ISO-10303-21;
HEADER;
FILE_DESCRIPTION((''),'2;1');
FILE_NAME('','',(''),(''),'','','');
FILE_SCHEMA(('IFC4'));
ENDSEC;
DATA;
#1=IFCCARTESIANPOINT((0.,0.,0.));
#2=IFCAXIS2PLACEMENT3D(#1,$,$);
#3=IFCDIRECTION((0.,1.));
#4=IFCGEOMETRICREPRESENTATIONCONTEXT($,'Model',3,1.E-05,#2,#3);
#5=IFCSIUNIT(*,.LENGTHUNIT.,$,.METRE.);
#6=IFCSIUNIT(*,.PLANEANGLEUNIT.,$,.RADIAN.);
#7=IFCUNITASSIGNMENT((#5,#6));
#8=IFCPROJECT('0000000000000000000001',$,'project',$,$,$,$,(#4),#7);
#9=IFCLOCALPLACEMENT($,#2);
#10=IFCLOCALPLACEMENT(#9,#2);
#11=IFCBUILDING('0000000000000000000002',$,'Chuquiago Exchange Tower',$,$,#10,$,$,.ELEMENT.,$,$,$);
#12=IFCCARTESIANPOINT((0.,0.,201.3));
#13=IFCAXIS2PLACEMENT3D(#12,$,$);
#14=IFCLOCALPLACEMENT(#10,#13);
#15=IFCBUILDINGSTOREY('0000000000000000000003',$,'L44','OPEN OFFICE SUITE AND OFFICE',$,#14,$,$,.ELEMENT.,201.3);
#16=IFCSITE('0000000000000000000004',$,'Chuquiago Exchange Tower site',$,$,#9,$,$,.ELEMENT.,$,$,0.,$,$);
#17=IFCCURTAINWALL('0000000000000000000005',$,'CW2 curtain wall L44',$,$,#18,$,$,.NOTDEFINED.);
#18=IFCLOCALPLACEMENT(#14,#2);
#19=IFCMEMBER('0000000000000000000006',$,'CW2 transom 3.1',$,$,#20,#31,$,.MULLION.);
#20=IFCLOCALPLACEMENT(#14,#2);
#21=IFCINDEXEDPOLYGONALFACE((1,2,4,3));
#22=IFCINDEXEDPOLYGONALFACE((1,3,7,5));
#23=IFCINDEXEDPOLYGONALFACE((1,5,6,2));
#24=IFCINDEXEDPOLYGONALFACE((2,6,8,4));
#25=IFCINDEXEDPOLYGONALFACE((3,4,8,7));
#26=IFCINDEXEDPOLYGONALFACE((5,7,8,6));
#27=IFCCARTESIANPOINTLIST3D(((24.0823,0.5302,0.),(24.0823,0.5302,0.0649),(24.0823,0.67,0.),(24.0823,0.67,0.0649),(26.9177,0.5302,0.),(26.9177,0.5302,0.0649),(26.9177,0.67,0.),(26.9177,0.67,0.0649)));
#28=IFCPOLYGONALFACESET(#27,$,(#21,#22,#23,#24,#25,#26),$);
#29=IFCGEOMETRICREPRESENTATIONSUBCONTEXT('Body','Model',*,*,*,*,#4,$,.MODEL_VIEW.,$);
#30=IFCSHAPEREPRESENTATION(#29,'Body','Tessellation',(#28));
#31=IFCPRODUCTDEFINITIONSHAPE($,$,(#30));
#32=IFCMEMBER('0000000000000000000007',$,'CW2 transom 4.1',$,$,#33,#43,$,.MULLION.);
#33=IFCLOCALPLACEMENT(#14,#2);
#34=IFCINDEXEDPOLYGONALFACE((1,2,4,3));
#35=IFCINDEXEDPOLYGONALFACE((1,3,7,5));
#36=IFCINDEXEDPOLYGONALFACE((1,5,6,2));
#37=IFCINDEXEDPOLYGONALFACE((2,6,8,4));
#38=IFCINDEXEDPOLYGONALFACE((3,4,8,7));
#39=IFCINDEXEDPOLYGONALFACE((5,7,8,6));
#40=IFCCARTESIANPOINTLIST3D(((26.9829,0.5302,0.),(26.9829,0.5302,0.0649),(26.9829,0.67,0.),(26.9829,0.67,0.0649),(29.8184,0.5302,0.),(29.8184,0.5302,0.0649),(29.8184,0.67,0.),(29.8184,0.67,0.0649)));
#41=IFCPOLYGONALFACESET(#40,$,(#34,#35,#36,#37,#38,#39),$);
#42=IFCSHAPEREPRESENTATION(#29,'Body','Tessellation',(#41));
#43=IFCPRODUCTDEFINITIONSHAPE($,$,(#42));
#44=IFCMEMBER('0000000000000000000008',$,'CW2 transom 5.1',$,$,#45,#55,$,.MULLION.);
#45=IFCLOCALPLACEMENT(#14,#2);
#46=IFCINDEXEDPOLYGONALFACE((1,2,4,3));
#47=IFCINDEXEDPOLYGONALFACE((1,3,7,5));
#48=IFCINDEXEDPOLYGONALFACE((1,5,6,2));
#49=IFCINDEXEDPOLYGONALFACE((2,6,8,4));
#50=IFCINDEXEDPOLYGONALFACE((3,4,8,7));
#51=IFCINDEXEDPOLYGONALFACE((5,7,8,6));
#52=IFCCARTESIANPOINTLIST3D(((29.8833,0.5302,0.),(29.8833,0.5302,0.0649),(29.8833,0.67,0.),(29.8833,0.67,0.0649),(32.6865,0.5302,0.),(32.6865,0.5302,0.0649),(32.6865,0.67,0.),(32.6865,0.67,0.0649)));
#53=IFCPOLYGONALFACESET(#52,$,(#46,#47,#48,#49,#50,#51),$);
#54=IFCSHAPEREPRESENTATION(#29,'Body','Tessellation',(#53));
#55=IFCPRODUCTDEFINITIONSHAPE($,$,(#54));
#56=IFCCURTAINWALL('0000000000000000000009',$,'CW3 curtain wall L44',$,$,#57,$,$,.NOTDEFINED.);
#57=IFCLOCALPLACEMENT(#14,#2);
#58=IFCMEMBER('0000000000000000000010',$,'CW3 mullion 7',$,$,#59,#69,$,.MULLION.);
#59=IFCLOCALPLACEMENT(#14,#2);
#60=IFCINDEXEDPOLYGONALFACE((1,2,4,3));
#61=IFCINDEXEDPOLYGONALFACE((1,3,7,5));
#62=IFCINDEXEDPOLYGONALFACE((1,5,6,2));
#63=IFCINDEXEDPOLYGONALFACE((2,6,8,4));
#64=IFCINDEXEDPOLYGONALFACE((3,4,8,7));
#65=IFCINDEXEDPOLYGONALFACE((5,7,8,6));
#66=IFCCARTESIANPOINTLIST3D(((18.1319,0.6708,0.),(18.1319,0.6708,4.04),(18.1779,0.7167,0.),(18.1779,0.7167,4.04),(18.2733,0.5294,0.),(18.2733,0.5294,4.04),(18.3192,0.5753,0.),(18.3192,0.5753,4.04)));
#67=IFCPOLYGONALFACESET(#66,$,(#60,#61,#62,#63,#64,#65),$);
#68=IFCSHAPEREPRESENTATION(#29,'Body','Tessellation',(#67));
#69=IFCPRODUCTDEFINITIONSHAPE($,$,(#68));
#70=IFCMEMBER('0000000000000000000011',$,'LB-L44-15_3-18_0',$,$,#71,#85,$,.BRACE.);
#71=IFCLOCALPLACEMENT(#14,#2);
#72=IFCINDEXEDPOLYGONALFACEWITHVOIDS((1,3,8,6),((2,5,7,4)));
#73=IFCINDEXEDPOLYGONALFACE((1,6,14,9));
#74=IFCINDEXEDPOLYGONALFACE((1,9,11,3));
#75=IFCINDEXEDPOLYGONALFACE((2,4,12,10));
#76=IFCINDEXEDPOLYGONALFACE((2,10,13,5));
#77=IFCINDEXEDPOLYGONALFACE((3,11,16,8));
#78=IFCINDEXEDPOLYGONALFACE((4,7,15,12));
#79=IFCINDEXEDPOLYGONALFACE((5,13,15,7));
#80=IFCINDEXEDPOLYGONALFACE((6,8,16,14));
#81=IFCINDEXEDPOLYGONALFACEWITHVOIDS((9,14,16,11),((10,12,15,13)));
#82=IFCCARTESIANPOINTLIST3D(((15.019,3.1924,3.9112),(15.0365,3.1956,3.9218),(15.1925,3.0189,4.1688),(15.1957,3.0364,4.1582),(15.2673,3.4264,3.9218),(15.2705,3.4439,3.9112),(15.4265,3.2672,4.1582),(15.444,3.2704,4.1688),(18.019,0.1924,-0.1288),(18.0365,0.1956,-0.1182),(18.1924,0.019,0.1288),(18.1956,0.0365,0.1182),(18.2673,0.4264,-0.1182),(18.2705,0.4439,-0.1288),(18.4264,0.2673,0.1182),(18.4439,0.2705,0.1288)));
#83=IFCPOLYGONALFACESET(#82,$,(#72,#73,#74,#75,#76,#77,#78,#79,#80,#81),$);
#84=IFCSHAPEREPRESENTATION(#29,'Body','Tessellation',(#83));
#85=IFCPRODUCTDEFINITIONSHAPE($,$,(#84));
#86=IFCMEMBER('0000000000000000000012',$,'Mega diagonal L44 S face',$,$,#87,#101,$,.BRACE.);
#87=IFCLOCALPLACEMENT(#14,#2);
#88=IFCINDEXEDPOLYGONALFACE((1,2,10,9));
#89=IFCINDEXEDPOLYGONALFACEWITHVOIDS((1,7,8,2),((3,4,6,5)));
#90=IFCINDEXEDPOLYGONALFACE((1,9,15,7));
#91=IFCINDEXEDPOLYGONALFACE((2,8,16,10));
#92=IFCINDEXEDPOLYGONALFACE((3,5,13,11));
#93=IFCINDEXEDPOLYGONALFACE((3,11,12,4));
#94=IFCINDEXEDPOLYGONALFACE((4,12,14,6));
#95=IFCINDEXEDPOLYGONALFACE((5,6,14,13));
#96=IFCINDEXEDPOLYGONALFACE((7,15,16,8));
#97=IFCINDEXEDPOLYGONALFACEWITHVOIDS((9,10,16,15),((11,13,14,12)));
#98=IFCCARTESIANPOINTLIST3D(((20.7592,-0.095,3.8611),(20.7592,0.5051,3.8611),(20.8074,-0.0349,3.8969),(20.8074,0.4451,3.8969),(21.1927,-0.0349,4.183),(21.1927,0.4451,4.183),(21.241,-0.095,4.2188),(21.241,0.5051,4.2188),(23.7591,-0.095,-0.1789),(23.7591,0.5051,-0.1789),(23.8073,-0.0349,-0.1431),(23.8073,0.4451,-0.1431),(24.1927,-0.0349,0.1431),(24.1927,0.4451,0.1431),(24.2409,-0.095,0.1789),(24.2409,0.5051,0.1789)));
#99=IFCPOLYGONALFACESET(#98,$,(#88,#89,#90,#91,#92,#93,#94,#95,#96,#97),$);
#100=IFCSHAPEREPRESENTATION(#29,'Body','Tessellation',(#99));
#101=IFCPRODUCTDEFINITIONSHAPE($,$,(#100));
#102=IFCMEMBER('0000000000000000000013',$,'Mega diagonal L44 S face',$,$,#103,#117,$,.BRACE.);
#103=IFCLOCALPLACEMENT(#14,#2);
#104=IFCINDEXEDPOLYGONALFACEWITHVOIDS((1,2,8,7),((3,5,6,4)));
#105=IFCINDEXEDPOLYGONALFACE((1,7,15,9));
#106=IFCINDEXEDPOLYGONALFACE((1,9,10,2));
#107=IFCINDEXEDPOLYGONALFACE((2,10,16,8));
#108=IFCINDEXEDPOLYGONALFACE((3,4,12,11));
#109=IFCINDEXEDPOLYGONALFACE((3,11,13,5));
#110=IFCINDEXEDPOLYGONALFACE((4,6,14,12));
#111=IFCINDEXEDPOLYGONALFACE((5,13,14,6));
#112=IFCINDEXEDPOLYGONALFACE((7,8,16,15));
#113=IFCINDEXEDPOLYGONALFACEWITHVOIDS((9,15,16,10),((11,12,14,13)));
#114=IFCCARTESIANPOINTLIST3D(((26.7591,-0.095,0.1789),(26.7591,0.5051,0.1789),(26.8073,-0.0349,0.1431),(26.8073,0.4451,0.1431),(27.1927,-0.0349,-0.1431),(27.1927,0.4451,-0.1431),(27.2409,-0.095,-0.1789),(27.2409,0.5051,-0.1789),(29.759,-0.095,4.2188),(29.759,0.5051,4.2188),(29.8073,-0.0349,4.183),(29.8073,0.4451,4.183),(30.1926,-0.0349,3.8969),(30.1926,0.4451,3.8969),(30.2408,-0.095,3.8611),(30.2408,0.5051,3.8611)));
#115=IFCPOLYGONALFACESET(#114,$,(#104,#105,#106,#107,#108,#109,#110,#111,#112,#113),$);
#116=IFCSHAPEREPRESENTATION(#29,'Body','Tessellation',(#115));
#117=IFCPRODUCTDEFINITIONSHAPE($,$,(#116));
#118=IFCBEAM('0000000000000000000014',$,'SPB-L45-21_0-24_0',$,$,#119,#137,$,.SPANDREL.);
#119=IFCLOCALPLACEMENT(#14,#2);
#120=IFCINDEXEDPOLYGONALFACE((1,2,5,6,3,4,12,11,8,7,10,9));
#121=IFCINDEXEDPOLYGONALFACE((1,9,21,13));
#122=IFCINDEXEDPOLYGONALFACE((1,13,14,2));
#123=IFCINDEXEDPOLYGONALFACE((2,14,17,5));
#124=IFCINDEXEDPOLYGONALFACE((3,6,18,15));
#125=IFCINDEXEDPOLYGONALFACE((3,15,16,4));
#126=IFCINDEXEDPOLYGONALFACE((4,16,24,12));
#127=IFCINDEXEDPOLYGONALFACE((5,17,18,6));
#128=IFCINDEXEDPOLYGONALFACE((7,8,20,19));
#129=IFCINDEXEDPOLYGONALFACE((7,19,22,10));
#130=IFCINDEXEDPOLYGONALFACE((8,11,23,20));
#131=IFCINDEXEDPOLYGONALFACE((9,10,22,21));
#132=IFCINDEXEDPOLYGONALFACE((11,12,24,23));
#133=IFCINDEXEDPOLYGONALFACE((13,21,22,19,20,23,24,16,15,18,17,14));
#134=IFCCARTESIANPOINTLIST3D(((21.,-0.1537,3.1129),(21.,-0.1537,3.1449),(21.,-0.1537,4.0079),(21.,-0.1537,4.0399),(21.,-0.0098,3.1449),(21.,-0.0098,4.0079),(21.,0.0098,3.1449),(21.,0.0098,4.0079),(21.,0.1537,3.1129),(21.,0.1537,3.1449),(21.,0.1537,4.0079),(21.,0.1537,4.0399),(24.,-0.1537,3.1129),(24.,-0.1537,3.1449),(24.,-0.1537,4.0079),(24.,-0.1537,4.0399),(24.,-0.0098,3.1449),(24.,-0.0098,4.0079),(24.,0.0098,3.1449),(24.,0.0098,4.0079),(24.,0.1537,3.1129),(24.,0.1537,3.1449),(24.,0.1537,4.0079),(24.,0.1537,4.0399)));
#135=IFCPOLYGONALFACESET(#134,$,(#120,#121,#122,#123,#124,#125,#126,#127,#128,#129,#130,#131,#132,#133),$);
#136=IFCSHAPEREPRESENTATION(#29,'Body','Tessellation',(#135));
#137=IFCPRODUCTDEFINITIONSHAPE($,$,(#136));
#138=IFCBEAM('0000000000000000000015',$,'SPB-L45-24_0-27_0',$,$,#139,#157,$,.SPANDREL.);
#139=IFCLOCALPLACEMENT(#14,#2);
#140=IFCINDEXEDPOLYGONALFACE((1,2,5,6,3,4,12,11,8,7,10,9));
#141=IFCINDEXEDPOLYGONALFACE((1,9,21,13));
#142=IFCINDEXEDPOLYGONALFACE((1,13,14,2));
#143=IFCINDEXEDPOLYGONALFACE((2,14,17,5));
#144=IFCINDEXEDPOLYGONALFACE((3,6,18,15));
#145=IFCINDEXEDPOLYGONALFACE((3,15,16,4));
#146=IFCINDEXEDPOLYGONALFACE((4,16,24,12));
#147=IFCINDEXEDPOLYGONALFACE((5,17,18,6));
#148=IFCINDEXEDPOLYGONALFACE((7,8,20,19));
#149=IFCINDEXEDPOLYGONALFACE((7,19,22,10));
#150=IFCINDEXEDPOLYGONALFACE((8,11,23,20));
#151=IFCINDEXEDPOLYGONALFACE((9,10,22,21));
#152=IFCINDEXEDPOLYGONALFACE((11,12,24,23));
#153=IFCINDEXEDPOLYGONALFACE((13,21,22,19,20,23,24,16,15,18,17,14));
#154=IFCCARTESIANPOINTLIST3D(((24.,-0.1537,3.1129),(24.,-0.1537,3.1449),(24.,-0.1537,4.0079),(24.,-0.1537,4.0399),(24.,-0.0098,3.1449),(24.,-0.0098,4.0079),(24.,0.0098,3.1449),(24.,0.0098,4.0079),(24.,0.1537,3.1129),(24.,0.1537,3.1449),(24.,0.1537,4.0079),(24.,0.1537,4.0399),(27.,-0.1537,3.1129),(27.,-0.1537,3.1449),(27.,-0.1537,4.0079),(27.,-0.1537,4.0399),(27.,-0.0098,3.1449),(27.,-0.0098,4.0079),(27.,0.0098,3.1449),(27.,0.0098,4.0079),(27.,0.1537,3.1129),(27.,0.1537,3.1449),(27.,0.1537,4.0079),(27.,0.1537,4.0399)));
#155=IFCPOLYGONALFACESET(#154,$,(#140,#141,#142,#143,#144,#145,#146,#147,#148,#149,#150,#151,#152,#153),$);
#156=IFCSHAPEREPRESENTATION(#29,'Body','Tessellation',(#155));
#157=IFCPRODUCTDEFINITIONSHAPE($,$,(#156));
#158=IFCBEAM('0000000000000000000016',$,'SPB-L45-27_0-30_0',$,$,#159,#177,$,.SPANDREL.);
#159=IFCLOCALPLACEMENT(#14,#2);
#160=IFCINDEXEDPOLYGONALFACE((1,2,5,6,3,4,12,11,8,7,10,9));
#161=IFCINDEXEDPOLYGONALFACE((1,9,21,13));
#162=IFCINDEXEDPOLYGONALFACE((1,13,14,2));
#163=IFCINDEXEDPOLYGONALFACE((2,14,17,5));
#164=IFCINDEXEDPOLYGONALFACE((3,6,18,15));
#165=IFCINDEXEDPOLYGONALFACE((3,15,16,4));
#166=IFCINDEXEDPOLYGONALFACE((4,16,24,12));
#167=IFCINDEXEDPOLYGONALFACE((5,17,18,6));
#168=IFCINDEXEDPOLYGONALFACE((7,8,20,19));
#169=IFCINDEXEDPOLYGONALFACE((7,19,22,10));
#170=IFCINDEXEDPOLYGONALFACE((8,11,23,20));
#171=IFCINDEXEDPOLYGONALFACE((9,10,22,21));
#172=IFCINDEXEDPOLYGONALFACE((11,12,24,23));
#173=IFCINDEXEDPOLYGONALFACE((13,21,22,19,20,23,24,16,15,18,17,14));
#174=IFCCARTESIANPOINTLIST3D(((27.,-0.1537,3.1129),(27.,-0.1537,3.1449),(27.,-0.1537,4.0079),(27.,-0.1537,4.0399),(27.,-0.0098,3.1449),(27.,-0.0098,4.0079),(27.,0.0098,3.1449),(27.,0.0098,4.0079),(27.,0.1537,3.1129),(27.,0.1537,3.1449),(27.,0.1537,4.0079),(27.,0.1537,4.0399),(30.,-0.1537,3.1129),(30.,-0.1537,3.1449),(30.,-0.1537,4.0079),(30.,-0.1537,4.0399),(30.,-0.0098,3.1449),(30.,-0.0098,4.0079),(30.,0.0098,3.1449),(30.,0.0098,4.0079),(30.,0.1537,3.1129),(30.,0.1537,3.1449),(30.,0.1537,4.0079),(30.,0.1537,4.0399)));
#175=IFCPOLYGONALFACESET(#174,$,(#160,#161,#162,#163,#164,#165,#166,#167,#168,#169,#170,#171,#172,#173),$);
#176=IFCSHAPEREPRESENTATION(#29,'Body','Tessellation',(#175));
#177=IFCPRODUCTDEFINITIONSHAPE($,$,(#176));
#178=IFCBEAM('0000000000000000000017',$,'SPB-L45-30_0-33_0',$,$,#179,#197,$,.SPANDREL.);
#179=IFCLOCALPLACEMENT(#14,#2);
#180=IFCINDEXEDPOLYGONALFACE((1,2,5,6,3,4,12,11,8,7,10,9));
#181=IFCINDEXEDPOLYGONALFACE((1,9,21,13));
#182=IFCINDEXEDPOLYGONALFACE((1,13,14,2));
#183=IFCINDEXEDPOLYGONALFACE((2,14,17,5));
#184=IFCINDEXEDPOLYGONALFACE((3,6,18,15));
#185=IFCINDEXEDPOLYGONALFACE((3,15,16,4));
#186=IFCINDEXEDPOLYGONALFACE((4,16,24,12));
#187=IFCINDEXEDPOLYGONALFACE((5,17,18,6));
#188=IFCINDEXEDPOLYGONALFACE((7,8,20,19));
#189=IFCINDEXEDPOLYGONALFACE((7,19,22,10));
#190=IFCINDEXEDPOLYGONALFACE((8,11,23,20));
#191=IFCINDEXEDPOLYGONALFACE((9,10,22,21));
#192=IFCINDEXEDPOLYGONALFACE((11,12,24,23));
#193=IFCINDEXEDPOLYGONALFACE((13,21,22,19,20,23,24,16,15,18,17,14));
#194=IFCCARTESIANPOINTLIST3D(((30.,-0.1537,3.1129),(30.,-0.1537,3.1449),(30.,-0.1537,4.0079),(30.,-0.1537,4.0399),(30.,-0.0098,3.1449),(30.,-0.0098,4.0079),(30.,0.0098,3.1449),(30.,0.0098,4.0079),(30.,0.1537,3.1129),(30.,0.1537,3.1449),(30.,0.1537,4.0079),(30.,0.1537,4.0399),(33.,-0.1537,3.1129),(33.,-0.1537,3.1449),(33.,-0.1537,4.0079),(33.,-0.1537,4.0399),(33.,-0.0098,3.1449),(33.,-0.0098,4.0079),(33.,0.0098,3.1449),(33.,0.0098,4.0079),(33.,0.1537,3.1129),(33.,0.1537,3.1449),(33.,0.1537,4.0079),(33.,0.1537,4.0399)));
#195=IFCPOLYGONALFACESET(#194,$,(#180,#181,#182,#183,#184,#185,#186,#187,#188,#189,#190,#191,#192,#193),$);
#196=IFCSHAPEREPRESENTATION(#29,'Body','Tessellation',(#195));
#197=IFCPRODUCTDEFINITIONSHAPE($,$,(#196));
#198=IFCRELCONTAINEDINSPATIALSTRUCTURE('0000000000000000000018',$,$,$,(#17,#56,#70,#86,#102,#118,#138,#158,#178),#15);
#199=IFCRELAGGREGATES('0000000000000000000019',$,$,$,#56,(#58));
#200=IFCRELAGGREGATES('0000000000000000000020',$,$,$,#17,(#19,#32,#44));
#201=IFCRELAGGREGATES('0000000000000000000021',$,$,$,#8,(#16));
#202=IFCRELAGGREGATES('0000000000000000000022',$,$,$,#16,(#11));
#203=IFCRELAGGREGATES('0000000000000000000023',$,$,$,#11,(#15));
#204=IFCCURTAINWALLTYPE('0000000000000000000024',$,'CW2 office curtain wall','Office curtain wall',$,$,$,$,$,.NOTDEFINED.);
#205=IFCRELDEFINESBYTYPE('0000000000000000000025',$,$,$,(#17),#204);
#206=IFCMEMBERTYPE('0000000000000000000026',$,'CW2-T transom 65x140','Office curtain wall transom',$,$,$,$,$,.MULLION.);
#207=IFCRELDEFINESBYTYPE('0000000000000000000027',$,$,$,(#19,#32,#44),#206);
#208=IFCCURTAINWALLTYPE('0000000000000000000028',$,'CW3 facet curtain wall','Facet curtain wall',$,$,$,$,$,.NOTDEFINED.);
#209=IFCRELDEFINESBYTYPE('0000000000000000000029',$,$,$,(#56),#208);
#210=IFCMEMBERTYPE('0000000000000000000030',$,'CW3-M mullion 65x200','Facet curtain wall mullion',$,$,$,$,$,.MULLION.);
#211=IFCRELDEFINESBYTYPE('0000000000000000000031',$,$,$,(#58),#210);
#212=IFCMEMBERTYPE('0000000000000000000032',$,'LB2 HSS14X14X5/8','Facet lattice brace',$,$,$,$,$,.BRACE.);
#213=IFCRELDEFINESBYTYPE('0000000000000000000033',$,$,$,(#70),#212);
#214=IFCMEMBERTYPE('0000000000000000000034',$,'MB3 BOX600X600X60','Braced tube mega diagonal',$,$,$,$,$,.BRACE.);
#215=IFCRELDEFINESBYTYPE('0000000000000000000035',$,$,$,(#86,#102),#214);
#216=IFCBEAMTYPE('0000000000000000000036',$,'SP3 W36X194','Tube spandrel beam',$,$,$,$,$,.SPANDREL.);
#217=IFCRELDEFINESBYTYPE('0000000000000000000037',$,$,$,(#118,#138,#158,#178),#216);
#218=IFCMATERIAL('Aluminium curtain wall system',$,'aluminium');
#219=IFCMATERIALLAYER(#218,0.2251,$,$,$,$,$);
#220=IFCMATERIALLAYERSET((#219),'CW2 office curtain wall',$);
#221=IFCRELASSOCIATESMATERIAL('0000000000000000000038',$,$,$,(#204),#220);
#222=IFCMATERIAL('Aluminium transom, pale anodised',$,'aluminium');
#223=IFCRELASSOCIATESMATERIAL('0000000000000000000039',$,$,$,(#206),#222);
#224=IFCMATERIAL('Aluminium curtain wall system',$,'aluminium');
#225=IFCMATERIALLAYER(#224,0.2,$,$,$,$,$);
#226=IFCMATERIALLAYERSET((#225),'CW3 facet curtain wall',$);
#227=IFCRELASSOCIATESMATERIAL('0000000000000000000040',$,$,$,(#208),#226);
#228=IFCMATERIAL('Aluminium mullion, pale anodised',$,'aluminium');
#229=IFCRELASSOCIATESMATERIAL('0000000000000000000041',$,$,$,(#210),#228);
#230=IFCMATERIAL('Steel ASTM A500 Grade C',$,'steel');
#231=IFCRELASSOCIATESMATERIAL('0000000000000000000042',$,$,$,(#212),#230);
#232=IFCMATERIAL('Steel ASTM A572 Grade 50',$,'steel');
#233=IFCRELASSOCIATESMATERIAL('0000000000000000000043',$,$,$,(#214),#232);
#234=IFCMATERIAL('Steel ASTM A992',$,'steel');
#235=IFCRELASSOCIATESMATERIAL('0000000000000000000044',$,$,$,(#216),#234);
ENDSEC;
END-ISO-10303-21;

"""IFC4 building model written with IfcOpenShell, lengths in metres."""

from ifc_helpers import new_model, si_unit, direction, frame, origin, origin_2d, place, context, subcontext, project, spatial, rectangle, hollow_rectangle, i_section, extrude, material, layer, layer_set, material_profile, profile_set, type_object, element, aggregate, save


model = new_model("IFC4")

# Units and contexts
model_context = context("Model", 3, precision=1e-05, world=origin(), true_north=direction((0.0, 1.0)))
body_context = subcontext(model_context, "Body", "Model", "MODEL_VIEW")
ifc_project = project(units=[si_unit("LENGTHUNIT", "METRE"), si_unit("PLANEANGLEUNIT", "RADIAN")], contexts=[model_context])

# Site, building, storey
site_placement = place(None, origin())
site = spatial("IfcSite", under=ifc_project, at=site_placement, Name="Chuquiago Exchange Tower site", CompositionType="ELEMENT", RefElevation=0.0)
building_placement = place(site_placement, origin())
building = spatial("IfcBuilding", under=site, at=building_placement, Name="Chuquiago Exchange Tower", CompositionType="ELEMENT")
storey_placement = place(building_placement, frame((0.0, 0.0, 201.3)))
storey = spatial("IfcBuildingStorey", under=building, at=storey_placement, Name="L44", Description="OPEN OFFICE SUITE AND OFFICE", CompositionType="ELEMENT", Elevation=201.3)

# Curtain wall, members
ifc_material_1 = material(Name="Aluminium curtain wall system", Category="aluminium")
ifc_layer_1 = layer(ifc_material_1, 0.2251)
ifc_layer_set_1 = layer_set([ifc_layer_1], Name="CW2 office curtain wall")
curtain_wall_type_1 = type_object("IfcCurtainWallType", Name="CW2 office curtain wall", Description="Office curtain wall", PredefinedType="NOTDEFINED", material=ifc_layer_set_1)
curtain_wall_1_placement = place(storey_placement, origin())
curtain_wall_1 = element("IfcCurtainWall", 1, at=curtain_wall_1_placement, inside=storey, type_object=curtain_wall_type_1, Name="CW2 curtain wall L44", PredefinedType="NOTDEFINED")
ifc_material_2 = material(Name="Aluminium transom, pale anodised", Category="aluminium")
ifc_material_profile_1 = material_profile(ifc_material_2, rectangle(XDim=0.1399, YDim=0.0649, at=origin_2d()), Name="AL 140x65")
ifc_profile_set_1 = profile_set([ifc_material_profile_1], Name="Aluminium transom, pale anodised")
member_type_1 = type_object("IfcMemberType", Name="CW2-T transom 65x140", Description="Office curtain wall transom", PredefinedType="MULLION", material=ifc_profile_set_1)
member_1_placement = place(storey_placement, frame((24.0823, 0.6001, 0.0325), z_axis=(1.0, 0.0, 0.0), x_axis=(0.0, 1.0, 0.0)))
member_1 = element("IfcMember", 2, at=member_1_placement, type_object=member_type_1, Name="CW2 transom 3.1", PredefinedType="MULLION", context=body_context, shape_type="SweptSolid", body=[
    extrude(rectangle(XDim=0.1399, YDim=0.0649, at=origin_2d()), origin(), (0.0, 0.0, 1.0), 2.8354),
])
member_2_placement = place(storey_placement, frame((26.9829, 0.6001, 0.0325), z_axis=(1.0, 0.0, 0.0), x_axis=(0.0, 1.0, 0.0)))
member_2 = element("IfcMember", 3, at=member_2_placement, type_object=member_type_1, Name="CW2 transom 4.1", PredefinedType="MULLION", context=body_context, shape_type="SweptSolid", body=[
    extrude(rectangle(XDim=0.1399, YDim=0.0649, at=origin_2d()), origin(), (0.0, 0.0, 1.0), 2.8354),
])
member_3_placement = place(storey_placement, frame((29.8833, 0.6001, 0.0325), z_axis=(1.0, 0.0, 0.0), x_axis=(0.0, 1.0, 0.0)))
member_3 = element("IfcMember", 4, at=member_3_placement, type_object=member_type_1, Name="CW2 transom 5.1", PredefinedType="MULLION", context=body_context, shape_type="SweptSolid", body=[
    extrude(rectangle(XDim=0.1399, YDim=0.0649, at=origin_2d()), origin(), (0.0, 0.0, 1.0), 2.8032),
])

# Curtain wall, member
ifc_material_3 = material(Name="Aluminium curtain wall system", Category="aluminium")
ifc_layer_2 = layer(ifc_material_3, 0.2)
ifc_layer_set_2 = layer_set([ifc_layer_2], Name="CW3 facet curtain wall")
curtain_wall_type_2 = type_object("IfcCurtainWallType", Name="CW3 facet curtain wall", Description="Facet curtain wall", PredefinedType="NOTDEFINED", material=ifc_layer_set_2)
curtain_wall_2_placement = place(storey_placement, origin())
curtain_wall_2 = element("IfcCurtainWall", 5, at=curtain_wall_2_placement, inside=storey, type_object=curtain_wall_type_2, Name="CW3 curtain wall L44", PredefinedType="NOTDEFINED")
ifc_material_4 = material(Name="Aluminium mullion, pale anodised", Category="aluminium")
ifc_material_profile_2 = material_profile(ifc_material_4, rectangle(XDim=0.0649, YDim=0.2, at=origin_2d()), Name="AL 65x200")
ifc_profile_set_2 = profile_set([ifc_material_profile_2], Name="Aluminium mullion, pale anodised")
member_type_2 = type_object("IfcMemberType", Name="CW3-M mullion 65x200", Description="Facet curtain wall mullion", PredefinedType="MULLION", material=ifc_profile_set_2)
member_4_placement = place(storey_placement, frame((18.2256, 0.623, 0.0), z_axis=(0.0, 0.0, 1.0), x_axis=(0.707107, 0.707107, 0.0)))
member_4 = element("IfcMember", 6, at=member_4_placement, type_object=member_type_2, Name="CW3 mullion 7", PredefinedType="MULLION", context=body_context, shape_type="SweptSolid", body=[
    extrude(rectangle(XDim=0.0649, YDim=0.2, at=origin_2d()), origin(), (0.0, 0.0, 1.0), 4.04),
])
aggregate(curtain_wall_2, [member_4])

# Members
ifc_material_5 = material(Name="Steel ASTM A500 Grade C", Category="steel")
ifc_material_profile_3 = material_profile(ifc_material_5, hollow_rectangle(XDim=0.3557, YDim=0.3557, WallThickness=0.0146, at=origin_2d()), Name="HSS14X14X5/8")
ifc_profile_set_3 = profile_set([ifc_material_profile_3], Name="Steel ASTM A500 Grade C")
member_type_3 = type_object("IfcMemberType", Name="LB2 HSS14X14X5/8", Description="Facet lattice brace", PredefinedType="BRACE", material=ifc_profile_set_3)
member_5_placement = place(storey_placement, frame((18.2314, 0.2314, 0.0), z_axis=(-0.512077, 0.512077, 0.689604), x_axis=(-0.707107, -0.707107, 0.0)))
element("IfcMember", 7, at=member_5_placement, inside=storey, type_object=member_type_3, Name="LB-L44-15_3-18_0", PredefinedType="BRACE", context=body_context, shape_type="SweptSolid", body=[
    extrude(hollow_rectangle(XDim=0.3557, YDim=0.3557, WallThickness=0.0146, at=origin_2d()), origin(), (0.0, 0.0, 1.0), 5.8584),
])
ifc_material_6 = material(Name="Steel ASTM A572 Grade 50", Category="steel")
ifc_material_profile_4 = material_profile(ifc_material_6, hollow_rectangle(XDim=0.6001, YDim=0.6001, WallThickness=0.0601, at=origin_2d()), Name="BOX600X600X60")
ifc_profile_set_4 = profile_set([ifc_material_profile_4], Name="Steel ASTM A572 Grade 50")
member_type_4 = type_object("IfcMemberType", Name="MB3 BOX600X600X60", Description="Braced tube mega diagonal", PredefinedType="BRACE", material=ifc_profile_set_4)
for number, where, z_axis, x_axis, name in (
    (8, (24.0, 0.2051, 0.0), (-0.596174, 0.0, 0.802855), (0.0, -1.0, 0.0), "Mega diagonal L44 S face"),
    (9, (27.0, 0.2051, 0.0), (0.596174, 0.0, 0.802855), (0.0, 1.0, 0.0), "Mega diagonal L44 S face"),
):
    element("IfcMember", number, at=place(storey_placement, frame(where, z_axis=z_axis, x_axis=x_axis)), inside=storey, type_object=member_type_4, Name=name, PredefinedType="BRACE", context=body_context, shape_type="SweptSolid", body=[
        extrude(hollow_rectangle(XDim=0.6001, YDim=0.6001, WallThickness=0.0601, at=origin_2d()), origin(), (0.0, 0.0, 1.0), 5.032),
    ])

# Beams
ifc_material_7 = material(Name="Steel ASTM A992", Category="steel")
ifc_material_profile_5 = material_profile(ifc_material_7, i_section(OverallWidth=0.3074, OverallDepth=0.927, WebThickness=0.0195, FlangeThickness=0.032, at=origin_2d()), Name="W36X194")
ifc_profile_set_5 = profile_set([ifc_material_profile_5], Name="Steel ASTM A992")
beam_type = type_object("IfcBeamType", Name="SP3 W36X194", Description="Tube spandrel beam", PredefinedType="SPANDREL", material=ifc_profile_set_5)
for number, where, z_axis, x_axis, name in (
    (10, (21.0, 0.0, 3.5764), (1.0, 0.0, 0.0), (0.0, 1.0, 0.0), "SPB-L45-21_0-24_0"),
    (11, (24.0, 0.0, 3.5764), (1.0, 0.0, 0.0), (0.0, 1.0, 0.0), "SPB-L45-24_0-27_0"),
    (12, (27.0, 0.0, 3.5764), (1.0, 0.0, 0.0), (0.0, 1.0, 0.0), "SPB-L45-27_0-30_0"),
    (13, (30.0, 0.0, 3.5764), (1.0, 0.0, 0.0), (0.0, 1.0, 0.0), "SPB-L45-30_0-33_0"),
):
    element("IfcBeam", number, at=place(storey_placement, frame(where, z_axis=z_axis, x_axis=x_axis)), inside=storey, type_object=beam_type, Name=name, PredefinedType="SPANDREL", context=body_context, shape_type="SweptSolid", body=[
        extrude(i_section(OverallWidth=0.3074, OverallDepth=0.927, WebThickness=0.0195, FlangeThickness=0.032, at=origin_2d()), origin(), (0.0, 0.0, 1.0), 3.0),
    ])

aggregate(curtain_wall_1, [member_1, member_2, member_3])

save(model, "model.ifc")
